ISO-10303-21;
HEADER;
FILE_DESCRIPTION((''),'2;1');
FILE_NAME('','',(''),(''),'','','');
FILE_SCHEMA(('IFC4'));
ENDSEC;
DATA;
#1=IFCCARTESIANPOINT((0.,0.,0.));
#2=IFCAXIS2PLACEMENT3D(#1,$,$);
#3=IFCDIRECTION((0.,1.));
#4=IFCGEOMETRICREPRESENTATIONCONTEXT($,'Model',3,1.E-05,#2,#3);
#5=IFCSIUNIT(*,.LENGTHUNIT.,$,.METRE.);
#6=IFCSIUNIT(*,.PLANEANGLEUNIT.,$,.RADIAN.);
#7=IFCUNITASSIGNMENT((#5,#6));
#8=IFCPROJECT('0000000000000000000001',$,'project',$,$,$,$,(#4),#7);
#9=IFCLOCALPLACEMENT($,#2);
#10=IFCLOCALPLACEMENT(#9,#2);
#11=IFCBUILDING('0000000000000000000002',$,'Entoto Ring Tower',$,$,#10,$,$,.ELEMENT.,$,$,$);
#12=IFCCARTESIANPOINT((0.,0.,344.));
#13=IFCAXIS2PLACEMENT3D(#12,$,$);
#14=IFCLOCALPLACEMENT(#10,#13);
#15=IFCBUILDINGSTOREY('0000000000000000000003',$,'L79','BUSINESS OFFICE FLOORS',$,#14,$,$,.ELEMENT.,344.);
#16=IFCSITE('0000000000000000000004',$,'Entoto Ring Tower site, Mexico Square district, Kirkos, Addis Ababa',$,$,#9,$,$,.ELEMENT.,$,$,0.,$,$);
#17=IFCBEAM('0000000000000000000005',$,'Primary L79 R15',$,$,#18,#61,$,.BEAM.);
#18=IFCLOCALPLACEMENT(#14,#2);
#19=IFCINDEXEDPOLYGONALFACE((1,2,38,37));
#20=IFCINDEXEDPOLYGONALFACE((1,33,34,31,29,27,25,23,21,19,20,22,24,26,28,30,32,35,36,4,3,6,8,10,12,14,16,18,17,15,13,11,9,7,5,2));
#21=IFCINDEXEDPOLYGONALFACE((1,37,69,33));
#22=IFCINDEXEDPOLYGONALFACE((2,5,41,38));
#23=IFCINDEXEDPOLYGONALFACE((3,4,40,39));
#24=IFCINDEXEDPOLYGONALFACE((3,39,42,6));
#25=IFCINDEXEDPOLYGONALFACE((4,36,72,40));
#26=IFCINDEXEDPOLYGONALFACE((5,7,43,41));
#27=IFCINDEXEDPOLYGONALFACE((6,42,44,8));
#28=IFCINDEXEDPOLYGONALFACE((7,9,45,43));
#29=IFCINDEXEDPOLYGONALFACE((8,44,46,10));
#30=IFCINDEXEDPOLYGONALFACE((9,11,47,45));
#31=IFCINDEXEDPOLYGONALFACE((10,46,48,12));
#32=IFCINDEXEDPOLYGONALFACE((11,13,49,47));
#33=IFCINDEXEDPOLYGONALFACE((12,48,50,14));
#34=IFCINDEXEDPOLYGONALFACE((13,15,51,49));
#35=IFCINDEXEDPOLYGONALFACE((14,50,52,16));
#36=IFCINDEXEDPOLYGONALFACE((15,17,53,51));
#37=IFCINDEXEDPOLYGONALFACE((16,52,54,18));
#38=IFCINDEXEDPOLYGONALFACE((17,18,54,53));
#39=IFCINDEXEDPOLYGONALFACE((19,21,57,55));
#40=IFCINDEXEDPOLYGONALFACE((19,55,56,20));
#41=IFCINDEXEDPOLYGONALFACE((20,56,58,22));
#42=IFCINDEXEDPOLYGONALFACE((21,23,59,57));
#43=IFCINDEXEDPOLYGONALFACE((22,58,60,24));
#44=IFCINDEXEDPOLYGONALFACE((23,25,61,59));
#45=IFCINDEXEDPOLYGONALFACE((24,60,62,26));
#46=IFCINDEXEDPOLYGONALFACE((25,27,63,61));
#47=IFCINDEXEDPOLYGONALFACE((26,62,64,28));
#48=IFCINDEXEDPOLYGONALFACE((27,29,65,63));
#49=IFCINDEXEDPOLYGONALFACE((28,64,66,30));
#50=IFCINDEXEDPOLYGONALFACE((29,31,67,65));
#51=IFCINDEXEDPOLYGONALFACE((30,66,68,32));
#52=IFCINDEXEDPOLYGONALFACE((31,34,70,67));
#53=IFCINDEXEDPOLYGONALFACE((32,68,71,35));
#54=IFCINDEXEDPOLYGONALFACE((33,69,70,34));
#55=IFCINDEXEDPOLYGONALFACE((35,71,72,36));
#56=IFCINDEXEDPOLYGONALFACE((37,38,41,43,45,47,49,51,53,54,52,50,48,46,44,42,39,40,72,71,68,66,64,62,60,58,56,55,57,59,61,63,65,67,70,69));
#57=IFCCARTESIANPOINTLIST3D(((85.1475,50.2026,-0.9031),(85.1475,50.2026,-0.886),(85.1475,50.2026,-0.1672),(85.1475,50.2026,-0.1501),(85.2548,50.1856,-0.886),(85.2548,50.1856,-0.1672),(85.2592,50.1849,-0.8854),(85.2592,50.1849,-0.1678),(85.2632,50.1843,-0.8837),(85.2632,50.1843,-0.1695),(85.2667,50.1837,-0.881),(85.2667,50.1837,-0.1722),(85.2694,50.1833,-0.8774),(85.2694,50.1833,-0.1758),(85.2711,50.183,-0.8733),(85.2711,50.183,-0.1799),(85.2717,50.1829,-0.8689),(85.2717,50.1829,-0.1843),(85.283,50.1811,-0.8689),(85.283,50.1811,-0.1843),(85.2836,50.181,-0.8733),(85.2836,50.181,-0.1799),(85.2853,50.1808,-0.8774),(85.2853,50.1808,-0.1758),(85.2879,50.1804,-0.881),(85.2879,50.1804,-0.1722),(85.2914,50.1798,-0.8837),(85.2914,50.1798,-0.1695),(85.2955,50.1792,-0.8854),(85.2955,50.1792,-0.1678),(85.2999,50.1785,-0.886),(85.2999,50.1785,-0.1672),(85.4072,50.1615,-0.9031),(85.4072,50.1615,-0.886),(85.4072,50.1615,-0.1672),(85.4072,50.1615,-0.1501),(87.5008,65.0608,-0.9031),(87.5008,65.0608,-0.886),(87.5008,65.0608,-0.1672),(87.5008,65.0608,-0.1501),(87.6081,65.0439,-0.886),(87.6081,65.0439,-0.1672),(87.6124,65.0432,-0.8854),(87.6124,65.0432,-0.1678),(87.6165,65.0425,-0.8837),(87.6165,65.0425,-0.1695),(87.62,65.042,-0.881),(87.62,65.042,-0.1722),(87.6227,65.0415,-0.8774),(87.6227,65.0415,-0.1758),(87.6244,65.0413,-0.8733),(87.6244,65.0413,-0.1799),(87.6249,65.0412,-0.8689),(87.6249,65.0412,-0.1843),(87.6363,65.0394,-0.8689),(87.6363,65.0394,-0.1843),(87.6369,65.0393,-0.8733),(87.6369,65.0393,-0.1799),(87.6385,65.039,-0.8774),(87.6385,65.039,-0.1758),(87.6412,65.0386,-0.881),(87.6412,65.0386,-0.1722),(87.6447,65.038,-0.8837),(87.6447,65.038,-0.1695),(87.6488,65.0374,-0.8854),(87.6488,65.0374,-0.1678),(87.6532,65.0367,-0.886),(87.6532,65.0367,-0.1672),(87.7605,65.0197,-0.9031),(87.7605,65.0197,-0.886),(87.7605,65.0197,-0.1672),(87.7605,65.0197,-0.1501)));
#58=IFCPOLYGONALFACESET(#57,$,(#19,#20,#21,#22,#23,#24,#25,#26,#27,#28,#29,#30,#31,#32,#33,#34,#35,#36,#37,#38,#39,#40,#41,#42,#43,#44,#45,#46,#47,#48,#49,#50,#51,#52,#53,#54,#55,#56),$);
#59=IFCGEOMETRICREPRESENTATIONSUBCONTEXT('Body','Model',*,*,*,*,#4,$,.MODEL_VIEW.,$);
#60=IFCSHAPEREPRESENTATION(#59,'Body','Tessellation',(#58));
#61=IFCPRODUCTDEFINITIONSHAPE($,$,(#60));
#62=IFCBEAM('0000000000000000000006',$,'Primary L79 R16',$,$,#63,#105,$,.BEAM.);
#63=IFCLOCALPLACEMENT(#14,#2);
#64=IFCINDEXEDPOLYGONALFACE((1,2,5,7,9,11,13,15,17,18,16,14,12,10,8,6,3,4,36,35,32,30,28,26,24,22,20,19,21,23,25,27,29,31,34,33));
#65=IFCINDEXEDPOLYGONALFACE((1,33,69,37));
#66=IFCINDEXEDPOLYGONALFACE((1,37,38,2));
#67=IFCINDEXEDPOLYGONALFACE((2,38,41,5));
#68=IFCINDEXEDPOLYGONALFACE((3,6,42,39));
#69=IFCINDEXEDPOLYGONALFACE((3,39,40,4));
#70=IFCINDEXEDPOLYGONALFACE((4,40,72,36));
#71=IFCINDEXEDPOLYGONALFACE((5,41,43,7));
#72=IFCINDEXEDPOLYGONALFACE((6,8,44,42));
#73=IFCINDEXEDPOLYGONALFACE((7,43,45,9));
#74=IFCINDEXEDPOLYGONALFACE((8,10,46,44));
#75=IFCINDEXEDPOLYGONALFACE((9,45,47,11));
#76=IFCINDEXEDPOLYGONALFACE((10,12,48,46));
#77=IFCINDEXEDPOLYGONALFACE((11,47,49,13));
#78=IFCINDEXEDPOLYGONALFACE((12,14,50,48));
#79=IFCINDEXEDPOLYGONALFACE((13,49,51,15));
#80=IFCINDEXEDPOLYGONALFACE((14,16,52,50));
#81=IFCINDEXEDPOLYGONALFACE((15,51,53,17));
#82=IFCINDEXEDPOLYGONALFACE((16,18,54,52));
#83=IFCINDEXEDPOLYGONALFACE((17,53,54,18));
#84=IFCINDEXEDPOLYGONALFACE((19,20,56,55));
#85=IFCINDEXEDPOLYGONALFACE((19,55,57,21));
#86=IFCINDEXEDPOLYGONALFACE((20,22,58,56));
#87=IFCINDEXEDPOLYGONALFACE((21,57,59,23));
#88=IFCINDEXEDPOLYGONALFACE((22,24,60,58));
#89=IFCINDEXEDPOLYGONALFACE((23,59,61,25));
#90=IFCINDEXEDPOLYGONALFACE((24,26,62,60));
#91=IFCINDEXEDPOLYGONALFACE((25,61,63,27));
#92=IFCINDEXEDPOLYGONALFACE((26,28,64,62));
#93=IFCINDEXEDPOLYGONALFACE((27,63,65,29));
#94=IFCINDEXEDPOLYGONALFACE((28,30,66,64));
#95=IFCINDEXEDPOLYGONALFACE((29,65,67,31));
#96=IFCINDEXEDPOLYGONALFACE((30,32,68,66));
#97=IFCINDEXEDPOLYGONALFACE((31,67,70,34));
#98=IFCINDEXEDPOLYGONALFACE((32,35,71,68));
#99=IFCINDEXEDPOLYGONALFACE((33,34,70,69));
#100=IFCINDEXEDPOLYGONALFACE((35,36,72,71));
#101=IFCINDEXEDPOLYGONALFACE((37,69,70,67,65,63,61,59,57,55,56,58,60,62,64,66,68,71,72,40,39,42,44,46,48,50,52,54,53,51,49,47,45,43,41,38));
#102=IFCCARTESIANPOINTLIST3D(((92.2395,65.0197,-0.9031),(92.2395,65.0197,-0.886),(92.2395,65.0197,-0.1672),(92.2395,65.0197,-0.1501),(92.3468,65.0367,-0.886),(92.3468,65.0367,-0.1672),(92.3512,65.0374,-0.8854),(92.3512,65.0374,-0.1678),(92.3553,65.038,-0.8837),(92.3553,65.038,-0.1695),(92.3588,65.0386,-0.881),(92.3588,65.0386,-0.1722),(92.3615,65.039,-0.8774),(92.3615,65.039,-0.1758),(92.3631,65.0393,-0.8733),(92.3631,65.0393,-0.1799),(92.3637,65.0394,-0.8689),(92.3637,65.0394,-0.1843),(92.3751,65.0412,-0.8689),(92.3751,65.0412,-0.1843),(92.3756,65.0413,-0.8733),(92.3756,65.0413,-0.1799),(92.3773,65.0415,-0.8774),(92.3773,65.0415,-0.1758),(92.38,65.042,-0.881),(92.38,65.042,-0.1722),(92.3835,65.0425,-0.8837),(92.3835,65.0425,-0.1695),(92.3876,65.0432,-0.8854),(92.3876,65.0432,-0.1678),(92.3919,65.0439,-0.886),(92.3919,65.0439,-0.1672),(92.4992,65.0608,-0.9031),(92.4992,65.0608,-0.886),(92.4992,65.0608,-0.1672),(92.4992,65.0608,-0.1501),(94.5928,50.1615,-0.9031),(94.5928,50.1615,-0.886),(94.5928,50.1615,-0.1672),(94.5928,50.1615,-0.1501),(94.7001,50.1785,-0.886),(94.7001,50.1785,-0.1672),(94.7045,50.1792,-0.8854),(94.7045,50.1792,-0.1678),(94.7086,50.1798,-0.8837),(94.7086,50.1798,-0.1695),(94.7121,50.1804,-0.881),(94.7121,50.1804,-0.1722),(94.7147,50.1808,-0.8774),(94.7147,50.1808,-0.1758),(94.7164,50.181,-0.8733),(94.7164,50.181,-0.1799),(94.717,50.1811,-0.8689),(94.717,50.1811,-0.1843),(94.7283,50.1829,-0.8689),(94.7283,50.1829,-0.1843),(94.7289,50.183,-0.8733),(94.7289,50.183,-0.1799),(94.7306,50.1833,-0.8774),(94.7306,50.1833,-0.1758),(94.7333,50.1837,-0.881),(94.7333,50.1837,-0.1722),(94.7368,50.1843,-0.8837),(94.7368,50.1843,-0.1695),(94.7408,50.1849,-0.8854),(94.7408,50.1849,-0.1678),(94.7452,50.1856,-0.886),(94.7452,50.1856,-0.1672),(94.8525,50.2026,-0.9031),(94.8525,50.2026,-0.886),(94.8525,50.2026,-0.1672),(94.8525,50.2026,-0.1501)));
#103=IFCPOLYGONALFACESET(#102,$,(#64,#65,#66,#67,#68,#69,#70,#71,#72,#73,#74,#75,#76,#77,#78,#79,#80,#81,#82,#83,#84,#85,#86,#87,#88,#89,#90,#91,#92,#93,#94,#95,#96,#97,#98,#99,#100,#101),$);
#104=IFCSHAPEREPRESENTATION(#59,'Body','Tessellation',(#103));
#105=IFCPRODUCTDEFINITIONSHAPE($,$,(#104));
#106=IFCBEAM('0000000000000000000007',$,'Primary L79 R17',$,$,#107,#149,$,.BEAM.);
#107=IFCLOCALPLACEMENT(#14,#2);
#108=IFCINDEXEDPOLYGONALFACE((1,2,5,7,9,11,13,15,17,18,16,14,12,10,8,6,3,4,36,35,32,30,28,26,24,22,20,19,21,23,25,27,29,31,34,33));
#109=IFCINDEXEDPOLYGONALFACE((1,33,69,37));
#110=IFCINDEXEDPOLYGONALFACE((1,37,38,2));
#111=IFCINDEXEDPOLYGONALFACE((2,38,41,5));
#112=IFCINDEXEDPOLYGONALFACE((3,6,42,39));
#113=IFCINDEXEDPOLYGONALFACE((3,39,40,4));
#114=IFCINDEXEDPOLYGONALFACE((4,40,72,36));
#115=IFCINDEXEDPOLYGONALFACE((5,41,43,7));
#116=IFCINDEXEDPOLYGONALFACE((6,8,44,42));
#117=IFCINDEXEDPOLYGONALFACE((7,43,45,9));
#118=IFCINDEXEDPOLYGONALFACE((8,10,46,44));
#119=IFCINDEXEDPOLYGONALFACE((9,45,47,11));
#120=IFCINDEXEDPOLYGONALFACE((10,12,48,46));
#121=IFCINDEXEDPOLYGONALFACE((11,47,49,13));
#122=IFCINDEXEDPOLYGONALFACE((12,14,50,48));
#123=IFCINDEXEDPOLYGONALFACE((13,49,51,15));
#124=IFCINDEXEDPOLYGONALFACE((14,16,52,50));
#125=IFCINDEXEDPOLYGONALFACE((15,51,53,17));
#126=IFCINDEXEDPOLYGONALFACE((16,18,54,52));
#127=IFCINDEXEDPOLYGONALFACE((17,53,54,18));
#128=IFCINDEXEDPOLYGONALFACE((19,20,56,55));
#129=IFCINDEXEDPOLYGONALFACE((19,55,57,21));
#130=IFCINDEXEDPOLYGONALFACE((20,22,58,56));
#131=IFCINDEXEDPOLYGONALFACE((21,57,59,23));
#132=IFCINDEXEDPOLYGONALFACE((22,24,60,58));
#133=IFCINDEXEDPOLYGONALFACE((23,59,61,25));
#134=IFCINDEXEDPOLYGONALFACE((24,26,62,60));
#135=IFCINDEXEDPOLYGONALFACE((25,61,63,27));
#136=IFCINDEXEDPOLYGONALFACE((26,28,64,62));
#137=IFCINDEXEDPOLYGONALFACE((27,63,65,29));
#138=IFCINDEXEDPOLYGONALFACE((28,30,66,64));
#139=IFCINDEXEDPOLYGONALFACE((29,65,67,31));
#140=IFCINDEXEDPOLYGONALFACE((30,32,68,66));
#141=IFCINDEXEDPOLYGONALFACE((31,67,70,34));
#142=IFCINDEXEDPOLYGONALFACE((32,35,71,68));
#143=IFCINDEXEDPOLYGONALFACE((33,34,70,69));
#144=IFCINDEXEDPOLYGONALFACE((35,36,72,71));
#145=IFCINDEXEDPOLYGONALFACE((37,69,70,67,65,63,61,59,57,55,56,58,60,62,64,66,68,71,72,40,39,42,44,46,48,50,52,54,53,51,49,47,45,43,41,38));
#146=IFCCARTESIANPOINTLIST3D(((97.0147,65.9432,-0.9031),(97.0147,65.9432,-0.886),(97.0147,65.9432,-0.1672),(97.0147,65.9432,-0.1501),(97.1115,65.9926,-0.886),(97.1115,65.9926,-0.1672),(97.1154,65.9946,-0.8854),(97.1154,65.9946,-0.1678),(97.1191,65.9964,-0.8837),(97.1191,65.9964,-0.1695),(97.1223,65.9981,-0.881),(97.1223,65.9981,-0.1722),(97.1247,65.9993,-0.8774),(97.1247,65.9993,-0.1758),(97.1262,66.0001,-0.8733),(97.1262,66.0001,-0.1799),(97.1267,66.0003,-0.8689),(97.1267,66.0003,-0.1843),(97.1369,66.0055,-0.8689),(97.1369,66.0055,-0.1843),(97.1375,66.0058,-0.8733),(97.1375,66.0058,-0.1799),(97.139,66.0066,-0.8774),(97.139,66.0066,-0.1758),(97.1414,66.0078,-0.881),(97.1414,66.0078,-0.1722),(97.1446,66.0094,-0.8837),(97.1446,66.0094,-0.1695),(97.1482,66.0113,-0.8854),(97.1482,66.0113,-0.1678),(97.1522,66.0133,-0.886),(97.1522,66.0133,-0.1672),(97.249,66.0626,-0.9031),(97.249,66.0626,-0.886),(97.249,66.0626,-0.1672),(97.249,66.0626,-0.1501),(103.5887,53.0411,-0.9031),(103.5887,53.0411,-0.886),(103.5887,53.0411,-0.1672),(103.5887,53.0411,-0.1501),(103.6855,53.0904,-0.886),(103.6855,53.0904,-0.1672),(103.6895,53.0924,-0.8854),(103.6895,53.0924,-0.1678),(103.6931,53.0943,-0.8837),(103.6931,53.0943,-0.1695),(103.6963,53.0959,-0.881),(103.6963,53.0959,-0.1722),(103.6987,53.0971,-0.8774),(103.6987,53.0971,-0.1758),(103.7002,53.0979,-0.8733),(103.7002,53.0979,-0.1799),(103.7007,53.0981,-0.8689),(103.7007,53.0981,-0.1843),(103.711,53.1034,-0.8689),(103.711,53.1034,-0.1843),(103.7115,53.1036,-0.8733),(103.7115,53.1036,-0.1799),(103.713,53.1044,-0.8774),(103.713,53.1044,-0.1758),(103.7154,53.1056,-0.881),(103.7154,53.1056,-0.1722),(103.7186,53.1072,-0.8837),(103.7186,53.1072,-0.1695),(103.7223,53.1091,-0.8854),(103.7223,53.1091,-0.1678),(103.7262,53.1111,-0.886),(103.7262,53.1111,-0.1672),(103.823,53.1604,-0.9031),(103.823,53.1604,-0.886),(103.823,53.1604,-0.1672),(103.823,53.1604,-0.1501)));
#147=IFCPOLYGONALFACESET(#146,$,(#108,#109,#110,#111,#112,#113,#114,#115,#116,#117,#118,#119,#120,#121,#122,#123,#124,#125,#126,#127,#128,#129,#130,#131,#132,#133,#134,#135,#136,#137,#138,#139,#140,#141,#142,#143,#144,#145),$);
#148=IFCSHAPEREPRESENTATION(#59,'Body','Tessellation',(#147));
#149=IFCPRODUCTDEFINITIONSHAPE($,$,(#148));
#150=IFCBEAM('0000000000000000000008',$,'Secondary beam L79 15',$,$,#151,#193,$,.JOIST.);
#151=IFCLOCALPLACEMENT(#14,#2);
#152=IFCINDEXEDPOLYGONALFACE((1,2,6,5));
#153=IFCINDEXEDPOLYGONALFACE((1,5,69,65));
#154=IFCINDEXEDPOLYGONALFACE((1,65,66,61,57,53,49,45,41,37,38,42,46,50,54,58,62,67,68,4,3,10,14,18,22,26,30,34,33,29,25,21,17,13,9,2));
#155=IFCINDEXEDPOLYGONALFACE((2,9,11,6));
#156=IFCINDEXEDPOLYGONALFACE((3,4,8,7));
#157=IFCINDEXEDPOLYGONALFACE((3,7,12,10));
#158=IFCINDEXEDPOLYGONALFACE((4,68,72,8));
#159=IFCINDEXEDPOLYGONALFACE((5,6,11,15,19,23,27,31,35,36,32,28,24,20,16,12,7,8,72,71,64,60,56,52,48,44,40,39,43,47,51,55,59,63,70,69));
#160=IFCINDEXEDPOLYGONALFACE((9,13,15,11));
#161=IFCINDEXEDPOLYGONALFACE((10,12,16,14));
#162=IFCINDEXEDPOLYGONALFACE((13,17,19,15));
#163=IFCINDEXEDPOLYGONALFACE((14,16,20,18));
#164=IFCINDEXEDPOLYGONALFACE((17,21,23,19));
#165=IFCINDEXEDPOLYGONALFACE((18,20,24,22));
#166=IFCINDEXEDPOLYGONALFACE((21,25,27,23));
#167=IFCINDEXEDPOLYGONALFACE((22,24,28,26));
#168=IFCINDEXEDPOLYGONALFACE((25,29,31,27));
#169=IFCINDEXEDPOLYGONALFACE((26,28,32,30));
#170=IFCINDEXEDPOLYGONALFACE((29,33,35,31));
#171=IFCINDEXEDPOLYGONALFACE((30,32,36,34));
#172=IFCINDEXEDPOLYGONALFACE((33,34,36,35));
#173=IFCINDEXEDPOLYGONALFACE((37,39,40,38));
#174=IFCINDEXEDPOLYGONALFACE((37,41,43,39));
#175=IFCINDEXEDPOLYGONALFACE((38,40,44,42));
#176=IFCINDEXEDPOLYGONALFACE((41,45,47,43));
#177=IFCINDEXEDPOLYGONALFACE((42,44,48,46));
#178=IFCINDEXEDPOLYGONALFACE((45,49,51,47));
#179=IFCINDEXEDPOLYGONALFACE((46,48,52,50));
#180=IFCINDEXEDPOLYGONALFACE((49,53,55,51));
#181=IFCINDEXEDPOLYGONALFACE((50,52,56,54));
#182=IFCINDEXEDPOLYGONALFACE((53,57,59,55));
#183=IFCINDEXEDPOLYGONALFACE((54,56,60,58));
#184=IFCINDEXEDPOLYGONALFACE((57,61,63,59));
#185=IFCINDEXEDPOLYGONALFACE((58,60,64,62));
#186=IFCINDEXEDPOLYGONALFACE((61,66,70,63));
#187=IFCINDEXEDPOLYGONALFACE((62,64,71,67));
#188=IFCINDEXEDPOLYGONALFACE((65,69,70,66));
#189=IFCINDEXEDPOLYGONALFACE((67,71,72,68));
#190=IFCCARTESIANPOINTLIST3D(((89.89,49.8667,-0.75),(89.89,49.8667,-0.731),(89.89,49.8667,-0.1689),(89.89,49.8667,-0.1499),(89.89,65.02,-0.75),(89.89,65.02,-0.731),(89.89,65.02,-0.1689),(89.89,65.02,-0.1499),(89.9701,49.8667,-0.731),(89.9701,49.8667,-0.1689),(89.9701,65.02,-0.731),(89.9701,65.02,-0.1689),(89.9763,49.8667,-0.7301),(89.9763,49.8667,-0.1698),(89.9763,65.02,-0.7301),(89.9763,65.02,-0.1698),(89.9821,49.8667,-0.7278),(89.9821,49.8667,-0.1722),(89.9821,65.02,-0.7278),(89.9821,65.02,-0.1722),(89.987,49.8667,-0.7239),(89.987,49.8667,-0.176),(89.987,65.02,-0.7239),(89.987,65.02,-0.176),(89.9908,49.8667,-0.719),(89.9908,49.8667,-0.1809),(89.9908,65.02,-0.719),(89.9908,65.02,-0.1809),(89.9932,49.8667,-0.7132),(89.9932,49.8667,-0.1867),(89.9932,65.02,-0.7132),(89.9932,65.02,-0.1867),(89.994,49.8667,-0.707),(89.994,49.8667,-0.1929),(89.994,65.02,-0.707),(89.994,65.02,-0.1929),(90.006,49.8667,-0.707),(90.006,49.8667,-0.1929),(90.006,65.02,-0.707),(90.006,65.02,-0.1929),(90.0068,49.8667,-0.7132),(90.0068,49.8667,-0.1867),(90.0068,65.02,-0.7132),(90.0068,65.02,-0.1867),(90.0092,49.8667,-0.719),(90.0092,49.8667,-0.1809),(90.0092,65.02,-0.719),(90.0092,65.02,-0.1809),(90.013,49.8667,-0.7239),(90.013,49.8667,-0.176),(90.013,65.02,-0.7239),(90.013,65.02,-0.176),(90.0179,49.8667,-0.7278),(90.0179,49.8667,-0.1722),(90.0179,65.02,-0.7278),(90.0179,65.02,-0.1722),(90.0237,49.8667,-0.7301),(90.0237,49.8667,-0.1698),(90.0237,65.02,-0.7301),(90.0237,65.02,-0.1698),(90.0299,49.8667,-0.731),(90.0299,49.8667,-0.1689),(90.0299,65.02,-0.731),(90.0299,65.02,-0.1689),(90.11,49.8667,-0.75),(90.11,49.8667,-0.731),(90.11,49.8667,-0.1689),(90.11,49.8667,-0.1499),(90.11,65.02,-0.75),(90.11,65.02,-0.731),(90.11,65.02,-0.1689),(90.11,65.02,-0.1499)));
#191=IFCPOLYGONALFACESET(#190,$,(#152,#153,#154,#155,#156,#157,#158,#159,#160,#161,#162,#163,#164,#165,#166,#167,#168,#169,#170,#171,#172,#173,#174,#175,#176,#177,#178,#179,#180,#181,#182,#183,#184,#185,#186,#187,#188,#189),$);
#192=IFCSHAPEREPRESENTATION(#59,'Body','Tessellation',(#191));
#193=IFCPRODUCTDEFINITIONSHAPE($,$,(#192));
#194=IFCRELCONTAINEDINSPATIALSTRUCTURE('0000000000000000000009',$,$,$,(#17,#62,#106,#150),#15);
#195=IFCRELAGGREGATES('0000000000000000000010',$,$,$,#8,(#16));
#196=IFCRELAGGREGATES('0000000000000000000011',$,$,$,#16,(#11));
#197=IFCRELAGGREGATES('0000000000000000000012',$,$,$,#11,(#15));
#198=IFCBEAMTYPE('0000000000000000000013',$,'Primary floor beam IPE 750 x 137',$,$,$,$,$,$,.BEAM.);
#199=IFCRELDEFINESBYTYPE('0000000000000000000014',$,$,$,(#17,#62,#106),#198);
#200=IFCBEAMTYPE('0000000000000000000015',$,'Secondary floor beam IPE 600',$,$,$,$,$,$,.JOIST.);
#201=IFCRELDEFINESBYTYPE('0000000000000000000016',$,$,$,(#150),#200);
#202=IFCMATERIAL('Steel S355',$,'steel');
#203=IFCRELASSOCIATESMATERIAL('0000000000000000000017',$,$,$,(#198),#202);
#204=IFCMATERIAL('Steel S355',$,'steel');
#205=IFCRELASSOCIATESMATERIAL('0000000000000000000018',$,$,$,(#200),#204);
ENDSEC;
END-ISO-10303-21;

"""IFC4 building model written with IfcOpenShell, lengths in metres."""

from ifc_helpers import new_model, si_unit, direction, frame, origin, origin_2d, place, context, subcontext, project, spatial, i_section, extrude, material, material_profile, profile_set, type_object, element, save


model = new_model("IFC4")

# Units and contexts
model_context = context("Model", 3, precision=1e-05, world=origin(), true_north=direction((0.0, 1.0)))
body_context = subcontext(model_context, "Body", "Model", "MODEL_VIEW")
ifc_project = project(units=[si_unit("LENGTHUNIT", "METRE"), si_unit("PLANEANGLEUNIT", "RADIAN")], contexts=[model_context])

# Site, building, storey
site_placement = place(None, origin())
site = spatial("IfcSite", under=ifc_project, at=site_placement, Name="Entoto Ring Tower site, Mexico Square district, Kirkos, Addis Ababa", CompositionType="ELEMENT", RefElevation=0.0)
building_placement = place(site_placement, origin())
building = spatial("IfcBuilding", under=site, at=building_placement, Name="Entoto Ring Tower", CompositionType="ELEMENT")
storey_placement = place(building_placement, frame((0.0, 0.0, 344.0)))
storey = spatial("IfcBuildingStorey", under=building, at=storey_placement, Name="L79", Description="BUSINESS OFFICE FLOORS", CompositionType="ELEMENT", Elevation=344.0)

# Beams
ifc_material_1 = material(Name="Steel S355", Category="steel")
ifc_material_profile_1 = material_profile(ifc_material_1, i_section(OverallWidth=0.2629, OverallDepth=0.7529, WebThickness=0.0115, FlangeThickness=0.0171, FilletRadius=0.0171, at=origin_2d()), Name="IPE 750 x 137")
ifc_profile_set_1 = profile_set([ifc_material_profile_1], Name="Steel S355")
beam_type_1 = type_object("IfcBeamType", Name="Primary floor beam IPE 750 x 137", PredefinedType="BEAM", material=ifc_profile_set_1)
for number, where, z_axis, x_axis, name in (
    (1, (87.6306, 65.0403, -0.5266), (-0.156433, -0.987689, 0.0), (0.987689, -0.156433, 0.0), "Primary L79 R15"),
    (2, (92.3694, 65.0403, -0.5266), (0.156433, -0.987689, 0.0), (0.987689, 0.156433, 0.0), "Primary L79 R16"),
):
    element("IfcBeam", number, at=place(storey_placement, frame(where, z_axis=z_axis, x_axis=x_axis)), inside=storey, type_object=beam_type_1, Name=name, PredefinedType="BEAM", context=body_context, shape_type="SweptSolid", body=[
        extrude(i_section(OverallWidth=0.2629, OverallDepth=0.7529, WebThickness=0.0115, FlangeThickness=0.0171, FilletRadius=0.0171, at=origin_2d()), origin(), (0.0, 0.0, 1.0), 15.0435),
    ])
beam_1_placement = place(storey_placement, frame((97.1318, 66.0029, -0.5266), z_axis=(0.453992, -0.891006, 0.0), x_axis=(0.891006, 0.453992, 0.0)))
element("IfcBeam", 3, at=beam_1_placement, inside=storey, type_object=beam_type_1, Name="Primary L79 R17", PredefinedType="BEAM", context=body_context, shape_type="SweptSolid", body=[
    extrude(i_section(OverallWidth=0.2629, OverallDepth=0.7529, WebThickness=0.0115, FlangeThickness=0.0171, FilletRadius=0.0171, at=origin_2d()), origin(), (0.0, 0.0, 1.0), 14.4805),
])
ifc_material_2 = material(Name="Steel S355", Category="steel")
ifc_material_profile_2 = material_profile(ifc_material_2, i_section(OverallWidth=0.22, OverallDepth=0.6001, WebThickness=0.012, FlangeThickness=0.019, FilletRadius=0.0239, at=origin_2d()), Name="IPE 600")
ifc_profile_set_2 = profile_set([ifc_material_profile_2], Name="Steel S355")
beam_type_2 = type_object("IfcBeamType", Name="Secondary floor beam IPE 600", PredefinedType="JOIST", material=ifc_profile_set_2)
beam_2_placement = place(storey_placement, frame((90.0, 65.02, -0.45), z_axis=(0.0, -1.0, 0.0), x_axis=(1.0, 0.0, 0.0)))
element("IfcBeam", 4, at=beam_2_placement, inside=storey, type_object=beam_type_2, Name="Secondary beam L79 15", PredefinedType="JOIST", context=body_context, shape_type="SweptSolid", body=[
    extrude(i_section(OverallWidth=0.22, OverallDepth=0.6001, WebThickness=0.012, FlangeThickness=0.019, FilletRadius=0.0239, at=origin_2d()), origin(), (0.0, 0.0, 1.0), 15.1533),
])

save(model, "model.ifc")
